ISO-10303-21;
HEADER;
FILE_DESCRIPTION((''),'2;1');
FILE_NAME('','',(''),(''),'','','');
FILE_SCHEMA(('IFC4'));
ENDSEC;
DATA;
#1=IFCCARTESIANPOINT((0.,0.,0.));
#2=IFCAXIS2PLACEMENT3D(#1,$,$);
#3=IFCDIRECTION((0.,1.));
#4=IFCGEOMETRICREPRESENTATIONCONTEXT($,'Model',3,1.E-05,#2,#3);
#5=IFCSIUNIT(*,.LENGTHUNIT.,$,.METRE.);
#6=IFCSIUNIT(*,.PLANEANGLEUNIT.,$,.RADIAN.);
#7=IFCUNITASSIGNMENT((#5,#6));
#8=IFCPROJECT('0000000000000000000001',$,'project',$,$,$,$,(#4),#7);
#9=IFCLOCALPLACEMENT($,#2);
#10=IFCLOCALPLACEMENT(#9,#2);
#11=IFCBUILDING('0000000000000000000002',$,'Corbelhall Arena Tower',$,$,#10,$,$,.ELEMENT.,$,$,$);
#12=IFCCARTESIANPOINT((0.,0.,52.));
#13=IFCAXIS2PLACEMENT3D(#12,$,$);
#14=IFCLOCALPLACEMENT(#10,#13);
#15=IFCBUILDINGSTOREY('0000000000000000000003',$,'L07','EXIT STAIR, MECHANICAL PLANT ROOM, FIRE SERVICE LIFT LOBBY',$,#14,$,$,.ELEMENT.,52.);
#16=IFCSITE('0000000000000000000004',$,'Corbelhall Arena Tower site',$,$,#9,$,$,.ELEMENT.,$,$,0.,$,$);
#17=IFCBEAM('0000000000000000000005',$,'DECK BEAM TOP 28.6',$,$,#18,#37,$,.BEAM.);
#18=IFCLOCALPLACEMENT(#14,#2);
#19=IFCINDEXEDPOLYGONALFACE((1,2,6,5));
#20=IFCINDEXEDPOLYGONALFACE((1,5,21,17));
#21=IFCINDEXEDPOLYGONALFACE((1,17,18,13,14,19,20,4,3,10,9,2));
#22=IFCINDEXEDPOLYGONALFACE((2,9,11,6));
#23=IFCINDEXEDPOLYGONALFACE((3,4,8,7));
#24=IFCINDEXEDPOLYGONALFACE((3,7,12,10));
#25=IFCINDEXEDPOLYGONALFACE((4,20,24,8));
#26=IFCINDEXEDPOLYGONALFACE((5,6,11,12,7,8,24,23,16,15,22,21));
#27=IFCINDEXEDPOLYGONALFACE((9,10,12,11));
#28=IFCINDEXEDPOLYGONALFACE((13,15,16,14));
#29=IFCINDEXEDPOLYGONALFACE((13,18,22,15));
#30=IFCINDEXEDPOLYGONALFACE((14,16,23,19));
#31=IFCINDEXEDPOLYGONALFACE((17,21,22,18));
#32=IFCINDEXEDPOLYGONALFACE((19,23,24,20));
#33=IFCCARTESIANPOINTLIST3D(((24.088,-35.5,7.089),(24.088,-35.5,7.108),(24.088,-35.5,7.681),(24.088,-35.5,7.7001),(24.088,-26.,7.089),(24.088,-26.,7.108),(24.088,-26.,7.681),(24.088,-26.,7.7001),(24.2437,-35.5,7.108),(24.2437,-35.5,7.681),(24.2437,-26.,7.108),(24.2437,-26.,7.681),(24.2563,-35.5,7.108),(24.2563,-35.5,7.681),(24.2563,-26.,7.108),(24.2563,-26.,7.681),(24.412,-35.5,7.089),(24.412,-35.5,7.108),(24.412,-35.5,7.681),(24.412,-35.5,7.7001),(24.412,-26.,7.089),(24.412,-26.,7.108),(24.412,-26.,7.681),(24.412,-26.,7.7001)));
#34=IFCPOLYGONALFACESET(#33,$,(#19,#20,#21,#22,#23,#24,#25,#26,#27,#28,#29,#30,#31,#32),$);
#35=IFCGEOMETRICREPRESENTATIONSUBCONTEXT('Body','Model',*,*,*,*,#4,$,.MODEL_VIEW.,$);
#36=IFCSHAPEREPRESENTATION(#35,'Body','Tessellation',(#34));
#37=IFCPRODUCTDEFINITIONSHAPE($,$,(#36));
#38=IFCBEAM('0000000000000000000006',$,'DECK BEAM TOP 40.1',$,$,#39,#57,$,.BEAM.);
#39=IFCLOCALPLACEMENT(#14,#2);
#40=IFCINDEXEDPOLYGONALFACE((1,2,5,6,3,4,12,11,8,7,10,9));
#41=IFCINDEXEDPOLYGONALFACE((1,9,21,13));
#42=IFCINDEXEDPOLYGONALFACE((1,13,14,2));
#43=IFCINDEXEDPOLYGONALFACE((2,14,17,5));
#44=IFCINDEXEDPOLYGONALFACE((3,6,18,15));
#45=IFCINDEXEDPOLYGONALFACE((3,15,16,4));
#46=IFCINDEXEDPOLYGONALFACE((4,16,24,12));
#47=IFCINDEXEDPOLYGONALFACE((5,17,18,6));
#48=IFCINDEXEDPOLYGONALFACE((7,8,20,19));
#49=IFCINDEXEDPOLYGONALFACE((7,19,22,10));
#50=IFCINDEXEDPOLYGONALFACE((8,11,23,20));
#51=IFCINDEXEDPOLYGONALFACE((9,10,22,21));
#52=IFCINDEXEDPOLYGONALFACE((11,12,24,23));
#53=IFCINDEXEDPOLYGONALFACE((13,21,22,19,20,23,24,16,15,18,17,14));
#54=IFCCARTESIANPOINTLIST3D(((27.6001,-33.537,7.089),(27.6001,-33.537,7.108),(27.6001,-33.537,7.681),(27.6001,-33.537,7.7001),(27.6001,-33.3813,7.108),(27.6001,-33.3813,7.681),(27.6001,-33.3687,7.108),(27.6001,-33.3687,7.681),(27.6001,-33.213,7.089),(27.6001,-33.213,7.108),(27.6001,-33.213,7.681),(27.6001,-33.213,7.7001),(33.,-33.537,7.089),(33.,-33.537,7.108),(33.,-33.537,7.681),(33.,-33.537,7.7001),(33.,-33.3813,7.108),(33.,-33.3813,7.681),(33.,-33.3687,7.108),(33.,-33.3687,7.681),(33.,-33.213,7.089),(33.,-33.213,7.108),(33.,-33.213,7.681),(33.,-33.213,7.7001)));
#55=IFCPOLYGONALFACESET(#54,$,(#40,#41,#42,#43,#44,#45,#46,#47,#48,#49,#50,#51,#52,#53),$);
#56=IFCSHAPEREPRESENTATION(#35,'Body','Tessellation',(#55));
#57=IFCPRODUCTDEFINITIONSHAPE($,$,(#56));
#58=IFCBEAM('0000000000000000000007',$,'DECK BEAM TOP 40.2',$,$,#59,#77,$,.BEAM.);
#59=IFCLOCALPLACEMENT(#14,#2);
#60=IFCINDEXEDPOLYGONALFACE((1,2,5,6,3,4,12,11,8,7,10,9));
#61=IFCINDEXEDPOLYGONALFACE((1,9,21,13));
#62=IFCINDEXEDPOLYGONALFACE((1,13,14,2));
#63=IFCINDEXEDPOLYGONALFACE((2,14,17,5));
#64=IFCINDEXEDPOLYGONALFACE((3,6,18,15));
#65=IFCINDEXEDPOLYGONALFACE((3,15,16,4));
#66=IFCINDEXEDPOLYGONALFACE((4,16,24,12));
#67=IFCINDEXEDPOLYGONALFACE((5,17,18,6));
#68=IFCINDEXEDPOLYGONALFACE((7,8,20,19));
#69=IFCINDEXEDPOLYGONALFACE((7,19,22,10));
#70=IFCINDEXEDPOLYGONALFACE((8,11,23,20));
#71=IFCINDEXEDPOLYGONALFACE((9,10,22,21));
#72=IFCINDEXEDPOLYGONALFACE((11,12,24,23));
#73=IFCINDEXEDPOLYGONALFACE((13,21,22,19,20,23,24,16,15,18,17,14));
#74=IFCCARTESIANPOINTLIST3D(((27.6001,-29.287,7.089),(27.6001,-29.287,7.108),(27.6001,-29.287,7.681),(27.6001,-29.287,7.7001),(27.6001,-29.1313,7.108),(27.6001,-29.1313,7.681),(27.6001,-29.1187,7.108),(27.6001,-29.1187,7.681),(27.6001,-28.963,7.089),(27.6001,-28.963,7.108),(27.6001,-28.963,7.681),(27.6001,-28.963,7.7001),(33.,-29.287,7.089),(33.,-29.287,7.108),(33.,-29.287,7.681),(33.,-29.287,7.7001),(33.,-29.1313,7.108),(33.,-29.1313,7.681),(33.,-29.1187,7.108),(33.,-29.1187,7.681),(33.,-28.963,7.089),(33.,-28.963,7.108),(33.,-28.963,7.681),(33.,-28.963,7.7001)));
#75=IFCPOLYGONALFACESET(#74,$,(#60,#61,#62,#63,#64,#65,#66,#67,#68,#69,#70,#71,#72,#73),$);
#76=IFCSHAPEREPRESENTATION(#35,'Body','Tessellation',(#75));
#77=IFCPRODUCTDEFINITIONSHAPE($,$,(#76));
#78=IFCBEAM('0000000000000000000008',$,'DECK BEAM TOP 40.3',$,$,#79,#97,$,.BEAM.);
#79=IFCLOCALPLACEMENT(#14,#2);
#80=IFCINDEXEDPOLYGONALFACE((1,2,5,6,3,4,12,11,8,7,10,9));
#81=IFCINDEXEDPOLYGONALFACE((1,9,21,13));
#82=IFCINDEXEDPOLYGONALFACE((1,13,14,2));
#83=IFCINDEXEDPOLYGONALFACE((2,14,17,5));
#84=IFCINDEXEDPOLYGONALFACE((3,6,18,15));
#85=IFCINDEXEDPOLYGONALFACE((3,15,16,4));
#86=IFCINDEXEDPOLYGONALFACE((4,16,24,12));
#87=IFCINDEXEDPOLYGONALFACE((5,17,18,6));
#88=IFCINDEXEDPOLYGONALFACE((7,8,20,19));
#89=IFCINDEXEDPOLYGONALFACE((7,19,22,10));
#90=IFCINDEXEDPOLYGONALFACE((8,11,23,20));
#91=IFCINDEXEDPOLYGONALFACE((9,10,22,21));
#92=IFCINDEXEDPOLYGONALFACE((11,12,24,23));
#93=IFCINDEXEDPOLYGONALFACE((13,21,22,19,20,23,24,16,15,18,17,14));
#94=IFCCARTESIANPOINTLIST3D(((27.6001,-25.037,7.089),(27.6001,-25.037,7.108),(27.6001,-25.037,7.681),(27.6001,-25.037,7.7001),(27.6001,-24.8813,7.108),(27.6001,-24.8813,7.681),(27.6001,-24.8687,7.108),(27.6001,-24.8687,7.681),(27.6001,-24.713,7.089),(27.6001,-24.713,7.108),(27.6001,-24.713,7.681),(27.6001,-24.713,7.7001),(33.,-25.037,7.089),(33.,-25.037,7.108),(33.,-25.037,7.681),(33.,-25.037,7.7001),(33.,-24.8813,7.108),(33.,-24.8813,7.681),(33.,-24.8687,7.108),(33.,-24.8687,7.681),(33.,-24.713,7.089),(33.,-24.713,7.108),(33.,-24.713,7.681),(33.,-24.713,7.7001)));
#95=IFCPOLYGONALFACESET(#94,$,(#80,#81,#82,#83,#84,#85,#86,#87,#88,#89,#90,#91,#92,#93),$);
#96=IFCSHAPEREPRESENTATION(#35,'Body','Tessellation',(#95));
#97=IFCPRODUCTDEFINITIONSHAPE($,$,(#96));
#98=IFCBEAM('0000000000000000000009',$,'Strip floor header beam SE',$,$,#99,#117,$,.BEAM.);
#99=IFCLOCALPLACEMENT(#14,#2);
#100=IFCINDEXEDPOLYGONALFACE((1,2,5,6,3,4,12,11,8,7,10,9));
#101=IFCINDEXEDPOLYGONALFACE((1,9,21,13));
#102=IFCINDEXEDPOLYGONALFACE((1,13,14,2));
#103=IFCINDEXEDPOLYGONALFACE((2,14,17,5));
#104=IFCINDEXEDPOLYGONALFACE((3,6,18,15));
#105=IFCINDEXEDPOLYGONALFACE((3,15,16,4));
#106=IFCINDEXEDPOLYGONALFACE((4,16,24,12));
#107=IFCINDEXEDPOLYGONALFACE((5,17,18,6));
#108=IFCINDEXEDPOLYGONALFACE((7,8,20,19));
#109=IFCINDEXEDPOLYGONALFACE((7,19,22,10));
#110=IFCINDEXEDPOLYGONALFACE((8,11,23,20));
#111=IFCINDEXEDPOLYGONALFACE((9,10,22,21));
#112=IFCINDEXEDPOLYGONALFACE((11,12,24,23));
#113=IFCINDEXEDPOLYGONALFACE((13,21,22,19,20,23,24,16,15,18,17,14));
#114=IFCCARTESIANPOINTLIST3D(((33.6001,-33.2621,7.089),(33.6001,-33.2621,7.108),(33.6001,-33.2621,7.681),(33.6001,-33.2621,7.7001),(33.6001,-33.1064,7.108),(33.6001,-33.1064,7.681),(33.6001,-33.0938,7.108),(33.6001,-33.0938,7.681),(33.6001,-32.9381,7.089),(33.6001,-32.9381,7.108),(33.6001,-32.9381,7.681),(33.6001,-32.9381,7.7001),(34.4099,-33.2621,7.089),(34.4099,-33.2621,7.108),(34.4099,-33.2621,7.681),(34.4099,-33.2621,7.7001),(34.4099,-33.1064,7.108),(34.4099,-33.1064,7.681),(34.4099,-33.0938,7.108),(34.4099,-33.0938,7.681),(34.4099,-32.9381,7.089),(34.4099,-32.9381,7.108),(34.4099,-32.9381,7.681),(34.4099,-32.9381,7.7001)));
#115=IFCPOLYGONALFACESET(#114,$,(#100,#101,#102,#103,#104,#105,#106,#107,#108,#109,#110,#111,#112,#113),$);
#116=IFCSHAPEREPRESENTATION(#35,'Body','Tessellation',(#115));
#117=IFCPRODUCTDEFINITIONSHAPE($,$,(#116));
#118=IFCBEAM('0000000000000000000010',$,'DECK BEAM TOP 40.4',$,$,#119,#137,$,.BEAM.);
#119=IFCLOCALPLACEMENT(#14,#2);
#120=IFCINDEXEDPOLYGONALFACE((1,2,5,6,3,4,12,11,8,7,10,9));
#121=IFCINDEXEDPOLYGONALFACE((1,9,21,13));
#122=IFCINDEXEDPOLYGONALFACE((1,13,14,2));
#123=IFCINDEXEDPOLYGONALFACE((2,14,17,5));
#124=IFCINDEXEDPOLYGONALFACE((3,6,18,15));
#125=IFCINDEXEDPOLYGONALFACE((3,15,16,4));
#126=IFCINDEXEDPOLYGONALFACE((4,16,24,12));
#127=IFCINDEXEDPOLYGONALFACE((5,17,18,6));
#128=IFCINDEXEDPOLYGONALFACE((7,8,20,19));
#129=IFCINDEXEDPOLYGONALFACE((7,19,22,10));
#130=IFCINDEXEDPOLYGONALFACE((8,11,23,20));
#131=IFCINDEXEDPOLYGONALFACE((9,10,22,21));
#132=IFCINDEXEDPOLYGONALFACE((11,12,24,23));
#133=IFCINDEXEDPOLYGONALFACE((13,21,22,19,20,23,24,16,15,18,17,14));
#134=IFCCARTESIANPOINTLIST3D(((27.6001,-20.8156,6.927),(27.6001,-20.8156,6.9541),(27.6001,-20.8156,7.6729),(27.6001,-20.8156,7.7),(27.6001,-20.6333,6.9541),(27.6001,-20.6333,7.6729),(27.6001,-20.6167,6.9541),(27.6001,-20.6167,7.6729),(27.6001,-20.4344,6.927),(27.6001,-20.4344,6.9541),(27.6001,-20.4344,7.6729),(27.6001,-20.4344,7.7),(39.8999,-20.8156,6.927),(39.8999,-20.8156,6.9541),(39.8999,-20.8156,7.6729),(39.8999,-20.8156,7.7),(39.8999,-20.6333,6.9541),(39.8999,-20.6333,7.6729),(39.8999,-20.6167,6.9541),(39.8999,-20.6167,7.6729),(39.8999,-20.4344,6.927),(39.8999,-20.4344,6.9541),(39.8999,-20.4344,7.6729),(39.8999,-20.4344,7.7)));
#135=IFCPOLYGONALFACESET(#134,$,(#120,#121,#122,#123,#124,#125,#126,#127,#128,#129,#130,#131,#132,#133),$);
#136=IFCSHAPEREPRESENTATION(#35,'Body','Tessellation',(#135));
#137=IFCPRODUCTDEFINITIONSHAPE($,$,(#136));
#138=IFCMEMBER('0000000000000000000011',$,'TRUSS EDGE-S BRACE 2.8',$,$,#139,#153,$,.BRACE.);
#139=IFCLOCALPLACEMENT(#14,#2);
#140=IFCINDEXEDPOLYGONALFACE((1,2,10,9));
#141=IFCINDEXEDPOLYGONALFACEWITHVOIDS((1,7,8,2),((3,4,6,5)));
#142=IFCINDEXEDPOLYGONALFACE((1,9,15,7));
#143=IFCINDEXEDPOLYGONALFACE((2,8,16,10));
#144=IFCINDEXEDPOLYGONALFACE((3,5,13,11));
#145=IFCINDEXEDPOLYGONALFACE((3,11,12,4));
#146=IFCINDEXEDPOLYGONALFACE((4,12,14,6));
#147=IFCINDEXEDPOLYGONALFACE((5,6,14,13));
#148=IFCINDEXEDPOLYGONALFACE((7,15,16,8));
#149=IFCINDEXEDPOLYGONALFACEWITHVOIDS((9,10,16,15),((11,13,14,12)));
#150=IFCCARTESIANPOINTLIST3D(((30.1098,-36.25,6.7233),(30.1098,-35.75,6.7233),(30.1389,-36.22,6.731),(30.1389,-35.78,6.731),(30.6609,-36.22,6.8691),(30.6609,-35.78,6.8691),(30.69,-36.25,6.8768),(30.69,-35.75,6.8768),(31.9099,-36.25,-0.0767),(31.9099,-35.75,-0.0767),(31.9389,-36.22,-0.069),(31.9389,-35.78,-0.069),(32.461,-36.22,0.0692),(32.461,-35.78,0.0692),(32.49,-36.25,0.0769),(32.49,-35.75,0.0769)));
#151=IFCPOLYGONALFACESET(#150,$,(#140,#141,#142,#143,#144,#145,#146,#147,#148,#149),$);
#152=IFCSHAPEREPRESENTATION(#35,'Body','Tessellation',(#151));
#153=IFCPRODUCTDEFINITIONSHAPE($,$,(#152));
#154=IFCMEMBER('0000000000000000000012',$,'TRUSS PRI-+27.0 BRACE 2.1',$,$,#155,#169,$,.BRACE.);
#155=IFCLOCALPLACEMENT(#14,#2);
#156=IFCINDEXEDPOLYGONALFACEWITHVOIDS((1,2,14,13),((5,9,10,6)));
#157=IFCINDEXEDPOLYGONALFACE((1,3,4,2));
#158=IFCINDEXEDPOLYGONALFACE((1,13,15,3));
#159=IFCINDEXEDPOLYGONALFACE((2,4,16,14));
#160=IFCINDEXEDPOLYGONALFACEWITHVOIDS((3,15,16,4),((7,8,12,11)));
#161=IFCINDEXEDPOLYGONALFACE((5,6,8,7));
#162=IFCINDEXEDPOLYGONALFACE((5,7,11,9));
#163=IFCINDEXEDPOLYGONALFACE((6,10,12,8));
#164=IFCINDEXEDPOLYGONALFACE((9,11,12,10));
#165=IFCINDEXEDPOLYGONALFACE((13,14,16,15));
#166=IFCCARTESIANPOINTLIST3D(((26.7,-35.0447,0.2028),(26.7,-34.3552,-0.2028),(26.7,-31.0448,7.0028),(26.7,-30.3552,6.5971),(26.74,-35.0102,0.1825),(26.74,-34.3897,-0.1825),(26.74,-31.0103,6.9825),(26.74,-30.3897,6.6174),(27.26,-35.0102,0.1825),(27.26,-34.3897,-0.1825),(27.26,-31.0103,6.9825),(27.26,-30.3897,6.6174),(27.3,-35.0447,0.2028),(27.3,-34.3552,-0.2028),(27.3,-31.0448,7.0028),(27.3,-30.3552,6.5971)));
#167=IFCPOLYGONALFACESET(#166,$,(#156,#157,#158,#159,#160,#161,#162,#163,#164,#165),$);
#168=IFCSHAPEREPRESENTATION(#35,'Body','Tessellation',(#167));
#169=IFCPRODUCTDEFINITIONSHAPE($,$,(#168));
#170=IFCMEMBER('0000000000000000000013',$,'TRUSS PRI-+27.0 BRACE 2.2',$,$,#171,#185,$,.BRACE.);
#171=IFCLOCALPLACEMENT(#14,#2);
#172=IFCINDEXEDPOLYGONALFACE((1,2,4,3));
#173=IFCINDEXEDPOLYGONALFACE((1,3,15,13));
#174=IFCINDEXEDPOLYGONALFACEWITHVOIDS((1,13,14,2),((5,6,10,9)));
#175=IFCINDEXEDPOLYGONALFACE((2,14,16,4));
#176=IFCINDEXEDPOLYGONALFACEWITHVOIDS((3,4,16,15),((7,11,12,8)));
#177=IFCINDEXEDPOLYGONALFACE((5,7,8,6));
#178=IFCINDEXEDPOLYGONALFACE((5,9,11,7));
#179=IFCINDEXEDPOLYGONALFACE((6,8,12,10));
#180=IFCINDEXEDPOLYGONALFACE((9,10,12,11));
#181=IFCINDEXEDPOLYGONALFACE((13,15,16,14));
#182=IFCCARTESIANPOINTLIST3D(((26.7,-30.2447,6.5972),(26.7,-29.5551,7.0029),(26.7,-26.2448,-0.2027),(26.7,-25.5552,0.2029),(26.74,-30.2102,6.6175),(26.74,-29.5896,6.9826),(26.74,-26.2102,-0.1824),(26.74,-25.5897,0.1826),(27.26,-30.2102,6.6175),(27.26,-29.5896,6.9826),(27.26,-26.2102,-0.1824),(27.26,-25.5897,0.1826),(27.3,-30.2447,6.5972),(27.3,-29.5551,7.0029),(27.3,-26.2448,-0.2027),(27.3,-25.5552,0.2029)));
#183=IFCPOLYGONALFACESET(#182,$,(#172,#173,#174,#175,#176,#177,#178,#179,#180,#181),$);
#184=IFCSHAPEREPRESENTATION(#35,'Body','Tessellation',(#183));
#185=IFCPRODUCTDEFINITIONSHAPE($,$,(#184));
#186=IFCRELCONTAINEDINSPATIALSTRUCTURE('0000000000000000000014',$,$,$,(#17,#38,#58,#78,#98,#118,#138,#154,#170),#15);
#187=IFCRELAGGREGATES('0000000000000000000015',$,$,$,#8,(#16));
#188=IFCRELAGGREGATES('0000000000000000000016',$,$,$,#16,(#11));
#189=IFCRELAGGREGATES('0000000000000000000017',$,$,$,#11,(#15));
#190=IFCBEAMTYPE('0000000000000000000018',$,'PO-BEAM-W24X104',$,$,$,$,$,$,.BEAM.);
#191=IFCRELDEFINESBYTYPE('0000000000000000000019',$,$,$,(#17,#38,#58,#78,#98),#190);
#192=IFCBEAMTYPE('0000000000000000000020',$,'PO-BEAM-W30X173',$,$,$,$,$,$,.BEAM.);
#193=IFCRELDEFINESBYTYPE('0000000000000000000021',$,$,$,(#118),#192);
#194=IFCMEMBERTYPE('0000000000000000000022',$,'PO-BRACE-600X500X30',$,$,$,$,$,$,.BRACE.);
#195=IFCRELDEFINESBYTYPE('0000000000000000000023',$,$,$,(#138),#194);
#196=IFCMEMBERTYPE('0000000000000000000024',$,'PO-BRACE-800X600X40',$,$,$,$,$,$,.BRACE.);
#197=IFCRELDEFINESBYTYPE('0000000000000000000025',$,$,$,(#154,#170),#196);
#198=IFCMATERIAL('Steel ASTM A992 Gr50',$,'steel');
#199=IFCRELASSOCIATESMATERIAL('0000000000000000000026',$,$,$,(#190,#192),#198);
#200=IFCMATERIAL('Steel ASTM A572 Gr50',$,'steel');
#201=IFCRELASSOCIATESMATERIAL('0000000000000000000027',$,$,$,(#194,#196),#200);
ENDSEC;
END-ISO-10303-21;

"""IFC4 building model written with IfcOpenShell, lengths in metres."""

from ifc_helpers import new_model, si_unit, direction, frame, origin, origin_2d, place, context, subcontext, project, spatial, hollow_rectangle, i_section, extrude, material, material_profile, profile_set, type_object, element, save


model = new_model("IFC4")

# Units and contexts
model_context = context("Model", 3, precision=1e-05, world=origin(), true_north=direction((0.0, 1.0)))
body_context = subcontext(model_context, "Body", "Model", "MODEL_VIEW")
ifc_project = project(units=[si_unit("LENGTHUNIT", "METRE"), si_unit("PLANEANGLEUNIT", "RADIAN")], contexts=[model_context])

# Site, building, storey
site_placement = place(None, origin())
site = spatial("IfcSite", under=ifc_project, at=site_placement, Name="Corbelhall Arena Tower site", CompositionType="ELEMENT", RefElevation=0.0)
building_placement = place(site_placement, origin())
building = spatial("IfcBuilding", under=site, at=building_placement, Name="Corbelhall Arena Tower", CompositionType="ELEMENT")
storey_placement = place(building_placement, frame((0.0, 0.0, 52.0)))
storey = spatial("IfcBuildingStorey", under=building, at=storey_placement, Name="L07", Description="EXIT STAIR, MECHANICAL PLANT ROOM, FIRE SERVICE LIFT LOBBY", CompositionType="ELEMENT", Elevation=52.0)

# Beams
ifc_material_1 = material(Name="Steel ASTM A992 Gr50", Category="steel")
ifc_material_profile_1 = material_profile(ifc_material_1, i_section(OverallWidth=0.324, OverallDepth=0.6111, WebThickness=0.0127, FlangeThickness=0.019, at=origin_2d()))
ifc_profile_set_1 = profile_set([ifc_material_profile_1], Name="Steel ASTM A992 Gr50")
beam_type_1 = type_object("IfcBeamType", Name="PO-BEAM-W24X104", PredefinedType="BEAM", material=ifc_profile_set_1)
beam_1_placement = place(storey_placement, frame((24.25, -35.5, 7.3945), z_axis=(0.0, 1.0, 0.0), x_axis=(-1.0, 0.0, 0.0)))
element("IfcBeam", 1, at=beam_1_placement, inside=storey, type_object=beam_type_1, Name="DECK BEAM TOP 28.6", PredefinedType="BEAM", context=body_context, shape_type="SweptSolid", body=[
    extrude(i_section(OverallWidth=0.324, OverallDepth=0.6111, WebThickness=0.0127, FlangeThickness=0.019, at=origin_2d()), origin(), (0.0, 0.0, 1.0), 9.5),
])
for number, where, z_axis, x_axis, name in (
    (2, (27.6001, -33.375, 7.3945), (1.0, 0.0, 0.0), (0.0, 1.0, 0.0), "DECK BEAM TOP 40.1"),
    (3, (27.6001, -29.125, 7.3945), (1.0, 0.0, 0.0), (0.0, 1.0, 0.0), "DECK BEAM TOP 40.2"),
    (4, (27.6001, -24.875, 7.3945), (1.0, 0.0, 0.0), (0.0, 1.0, 0.0), "DECK BEAM TOP 40.3"),
):
    element("IfcBeam", number, at=place(storey_placement, frame(where, z_axis=z_axis, x_axis=x_axis)), inside=storey, type_object=beam_type_1, Name=name, PredefinedType="BEAM", context=body_context, shape_type="SweptSolid", body=[
        extrude(i_section(OverallWidth=0.324, OverallDepth=0.6111, WebThickness=0.0127, FlangeThickness=0.019, at=origin_2d()), origin(), (0.0, 0.0, 1.0), 5.3999),
    ])
beam_2_placement = place(storey_placement, frame((33.6001, -33.1001, 7.3945), z_axis=(1.0, 0.0, 0.0), x_axis=(0.0, 1.0, 0.0)))
element("IfcBeam", 5, at=beam_2_placement, inside=storey, type_object=beam_type_1, Name="Strip floor header beam SE", PredefinedType="BEAM", context=body_context, shape_type="SweptSolid", body=[
    extrude(i_section(OverallWidth=0.324, OverallDepth=0.6111, WebThickness=0.0127, FlangeThickness=0.019, at=origin_2d()), origin(), (0.0, 0.0, 1.0), 0.8098),
])
ifc_material_profile_2 = material_profile(ifc_material_1, i_section(OverallWidth=0.3811, OverallDepth=0.7729, WebThickness=0.0166, FlangeThickness=0.0271, at=origin_2d()))
ifc_profile_set_2 = profile_set([ifc_material_profile_2], Name="Steel ASTM A992 Gr50")
beam_type_2 = type_object("IfcBeamType", Name="PO-BEAM-W30X173", PredefinedType="BEAM", material=ifc_profile_set_2)
beam_3_placement = place(storey_placement, frame((27.6001, -20.625, 7.3135), z_axis=(1.0, 0.0, 0.0), x_axis=(0.0, 1.0, 0.0)))
element("IfcBeam", 6, at=beam_3_placement, inside=storey, type_object=beam_type_2, Name="DECK BEAM TOP 40.4", PredefinedType="BEAM", context=body_context, shape_type="SweptSolid", body=[
    extrude(i_section(OverallWidth=0.3811, OverallDepth=0.7729, WebThickness=0.0166, FlangeThickness=0.0271, at=origin_2d()), origin(), (0.0, 0.0, 1.0), 12.2998),
])

# Members
ifc_material_2 = material(Name="Steel ASTM A572 Gr50", Category="steel")
ifc_material_profile_3 = material_profile(ifc_material_2, hollow_rectangle(XDim=0.5, YDim=0.6001, WallThickness=0.03, at=origin_2d()))
ifc_profile_set_3 = profile_set([ifc_material_profile_3], Name="Steel ASTM A572 Gr50")
member_type_1 = type_object("IfcMemberType", Name="PO-BRACE-600X500X30", PredefinedType="BRACE", material=ifc_profile_set_3)
member_1_placement = place(storey_placement, frame((30.3999, -36.0, 6.8), z_axis=(0.255897, 0.0, -0.966704), x_axis=(0.0, 1.0, 0.0)))
element("IfcMember", 7, at=member_1_placement, inside=storey, type_object=member_type_1, Name="TRUSS EDGE-S BRACE 2.8", PredefinedType="BRACE", context=body_context, shape_type="SweptSolid", body=[
    extrude(hollow_rectangle(XDim=0.5, YDim=0.6001, WallThickness=0.03, at=origin_2d()), origin(), (0.0, 0.0, 1.0), 7.0342),
])
ifc_material_profile_4 = material_profile(ifc_material_2, hollow_rectangle(XDim=0.6001, YDim=0.8, WallThickness=0.04, at=origin_2d()))
ifc_profile_set_4 = profile_set([ifc_material_profile_4], Name="Steel ASTM A572 Gr50")
member_type_2 = type_object("IfcMemberType", Name="PO-BRACE-800X600X40", PredefinedType="BRACE", material=ifc_profile_set_4)
for number, where, z_axis, x_axis, name in (
    (8, (27.0, -34.7, 0.0), (0.0, 0.507017, 0.861936), (-1.0, 0.0, 0.0), "TRUSS PRI-+27.0 BRACE 2.1"),
    (9, (27.0, -29.8999, 6.8), (0.0, 0.507017, -0.861936), (-1.0, 0.0, 0.0), "TRUSS PRI-+27.0 BRACE 2.2"),
):
    element("IfcMember", number, at=place(storey_placement, frame(where, z_axis=z_axis, x_axis=x_axis)), inside=storey, type_object=member_type_2, Name=name, PredefinedType="BRACE", context=body_context, shape_type="SweptSolid", body=[
        extrude(hollow_rectangle(XDim=0.6001, YDim=0.8, WallThickness=0.04, at=origin_2d()), origin(), (0.0, 0.0, 1.0), 7.8892),
    ])

save(model, "model.ifc")
